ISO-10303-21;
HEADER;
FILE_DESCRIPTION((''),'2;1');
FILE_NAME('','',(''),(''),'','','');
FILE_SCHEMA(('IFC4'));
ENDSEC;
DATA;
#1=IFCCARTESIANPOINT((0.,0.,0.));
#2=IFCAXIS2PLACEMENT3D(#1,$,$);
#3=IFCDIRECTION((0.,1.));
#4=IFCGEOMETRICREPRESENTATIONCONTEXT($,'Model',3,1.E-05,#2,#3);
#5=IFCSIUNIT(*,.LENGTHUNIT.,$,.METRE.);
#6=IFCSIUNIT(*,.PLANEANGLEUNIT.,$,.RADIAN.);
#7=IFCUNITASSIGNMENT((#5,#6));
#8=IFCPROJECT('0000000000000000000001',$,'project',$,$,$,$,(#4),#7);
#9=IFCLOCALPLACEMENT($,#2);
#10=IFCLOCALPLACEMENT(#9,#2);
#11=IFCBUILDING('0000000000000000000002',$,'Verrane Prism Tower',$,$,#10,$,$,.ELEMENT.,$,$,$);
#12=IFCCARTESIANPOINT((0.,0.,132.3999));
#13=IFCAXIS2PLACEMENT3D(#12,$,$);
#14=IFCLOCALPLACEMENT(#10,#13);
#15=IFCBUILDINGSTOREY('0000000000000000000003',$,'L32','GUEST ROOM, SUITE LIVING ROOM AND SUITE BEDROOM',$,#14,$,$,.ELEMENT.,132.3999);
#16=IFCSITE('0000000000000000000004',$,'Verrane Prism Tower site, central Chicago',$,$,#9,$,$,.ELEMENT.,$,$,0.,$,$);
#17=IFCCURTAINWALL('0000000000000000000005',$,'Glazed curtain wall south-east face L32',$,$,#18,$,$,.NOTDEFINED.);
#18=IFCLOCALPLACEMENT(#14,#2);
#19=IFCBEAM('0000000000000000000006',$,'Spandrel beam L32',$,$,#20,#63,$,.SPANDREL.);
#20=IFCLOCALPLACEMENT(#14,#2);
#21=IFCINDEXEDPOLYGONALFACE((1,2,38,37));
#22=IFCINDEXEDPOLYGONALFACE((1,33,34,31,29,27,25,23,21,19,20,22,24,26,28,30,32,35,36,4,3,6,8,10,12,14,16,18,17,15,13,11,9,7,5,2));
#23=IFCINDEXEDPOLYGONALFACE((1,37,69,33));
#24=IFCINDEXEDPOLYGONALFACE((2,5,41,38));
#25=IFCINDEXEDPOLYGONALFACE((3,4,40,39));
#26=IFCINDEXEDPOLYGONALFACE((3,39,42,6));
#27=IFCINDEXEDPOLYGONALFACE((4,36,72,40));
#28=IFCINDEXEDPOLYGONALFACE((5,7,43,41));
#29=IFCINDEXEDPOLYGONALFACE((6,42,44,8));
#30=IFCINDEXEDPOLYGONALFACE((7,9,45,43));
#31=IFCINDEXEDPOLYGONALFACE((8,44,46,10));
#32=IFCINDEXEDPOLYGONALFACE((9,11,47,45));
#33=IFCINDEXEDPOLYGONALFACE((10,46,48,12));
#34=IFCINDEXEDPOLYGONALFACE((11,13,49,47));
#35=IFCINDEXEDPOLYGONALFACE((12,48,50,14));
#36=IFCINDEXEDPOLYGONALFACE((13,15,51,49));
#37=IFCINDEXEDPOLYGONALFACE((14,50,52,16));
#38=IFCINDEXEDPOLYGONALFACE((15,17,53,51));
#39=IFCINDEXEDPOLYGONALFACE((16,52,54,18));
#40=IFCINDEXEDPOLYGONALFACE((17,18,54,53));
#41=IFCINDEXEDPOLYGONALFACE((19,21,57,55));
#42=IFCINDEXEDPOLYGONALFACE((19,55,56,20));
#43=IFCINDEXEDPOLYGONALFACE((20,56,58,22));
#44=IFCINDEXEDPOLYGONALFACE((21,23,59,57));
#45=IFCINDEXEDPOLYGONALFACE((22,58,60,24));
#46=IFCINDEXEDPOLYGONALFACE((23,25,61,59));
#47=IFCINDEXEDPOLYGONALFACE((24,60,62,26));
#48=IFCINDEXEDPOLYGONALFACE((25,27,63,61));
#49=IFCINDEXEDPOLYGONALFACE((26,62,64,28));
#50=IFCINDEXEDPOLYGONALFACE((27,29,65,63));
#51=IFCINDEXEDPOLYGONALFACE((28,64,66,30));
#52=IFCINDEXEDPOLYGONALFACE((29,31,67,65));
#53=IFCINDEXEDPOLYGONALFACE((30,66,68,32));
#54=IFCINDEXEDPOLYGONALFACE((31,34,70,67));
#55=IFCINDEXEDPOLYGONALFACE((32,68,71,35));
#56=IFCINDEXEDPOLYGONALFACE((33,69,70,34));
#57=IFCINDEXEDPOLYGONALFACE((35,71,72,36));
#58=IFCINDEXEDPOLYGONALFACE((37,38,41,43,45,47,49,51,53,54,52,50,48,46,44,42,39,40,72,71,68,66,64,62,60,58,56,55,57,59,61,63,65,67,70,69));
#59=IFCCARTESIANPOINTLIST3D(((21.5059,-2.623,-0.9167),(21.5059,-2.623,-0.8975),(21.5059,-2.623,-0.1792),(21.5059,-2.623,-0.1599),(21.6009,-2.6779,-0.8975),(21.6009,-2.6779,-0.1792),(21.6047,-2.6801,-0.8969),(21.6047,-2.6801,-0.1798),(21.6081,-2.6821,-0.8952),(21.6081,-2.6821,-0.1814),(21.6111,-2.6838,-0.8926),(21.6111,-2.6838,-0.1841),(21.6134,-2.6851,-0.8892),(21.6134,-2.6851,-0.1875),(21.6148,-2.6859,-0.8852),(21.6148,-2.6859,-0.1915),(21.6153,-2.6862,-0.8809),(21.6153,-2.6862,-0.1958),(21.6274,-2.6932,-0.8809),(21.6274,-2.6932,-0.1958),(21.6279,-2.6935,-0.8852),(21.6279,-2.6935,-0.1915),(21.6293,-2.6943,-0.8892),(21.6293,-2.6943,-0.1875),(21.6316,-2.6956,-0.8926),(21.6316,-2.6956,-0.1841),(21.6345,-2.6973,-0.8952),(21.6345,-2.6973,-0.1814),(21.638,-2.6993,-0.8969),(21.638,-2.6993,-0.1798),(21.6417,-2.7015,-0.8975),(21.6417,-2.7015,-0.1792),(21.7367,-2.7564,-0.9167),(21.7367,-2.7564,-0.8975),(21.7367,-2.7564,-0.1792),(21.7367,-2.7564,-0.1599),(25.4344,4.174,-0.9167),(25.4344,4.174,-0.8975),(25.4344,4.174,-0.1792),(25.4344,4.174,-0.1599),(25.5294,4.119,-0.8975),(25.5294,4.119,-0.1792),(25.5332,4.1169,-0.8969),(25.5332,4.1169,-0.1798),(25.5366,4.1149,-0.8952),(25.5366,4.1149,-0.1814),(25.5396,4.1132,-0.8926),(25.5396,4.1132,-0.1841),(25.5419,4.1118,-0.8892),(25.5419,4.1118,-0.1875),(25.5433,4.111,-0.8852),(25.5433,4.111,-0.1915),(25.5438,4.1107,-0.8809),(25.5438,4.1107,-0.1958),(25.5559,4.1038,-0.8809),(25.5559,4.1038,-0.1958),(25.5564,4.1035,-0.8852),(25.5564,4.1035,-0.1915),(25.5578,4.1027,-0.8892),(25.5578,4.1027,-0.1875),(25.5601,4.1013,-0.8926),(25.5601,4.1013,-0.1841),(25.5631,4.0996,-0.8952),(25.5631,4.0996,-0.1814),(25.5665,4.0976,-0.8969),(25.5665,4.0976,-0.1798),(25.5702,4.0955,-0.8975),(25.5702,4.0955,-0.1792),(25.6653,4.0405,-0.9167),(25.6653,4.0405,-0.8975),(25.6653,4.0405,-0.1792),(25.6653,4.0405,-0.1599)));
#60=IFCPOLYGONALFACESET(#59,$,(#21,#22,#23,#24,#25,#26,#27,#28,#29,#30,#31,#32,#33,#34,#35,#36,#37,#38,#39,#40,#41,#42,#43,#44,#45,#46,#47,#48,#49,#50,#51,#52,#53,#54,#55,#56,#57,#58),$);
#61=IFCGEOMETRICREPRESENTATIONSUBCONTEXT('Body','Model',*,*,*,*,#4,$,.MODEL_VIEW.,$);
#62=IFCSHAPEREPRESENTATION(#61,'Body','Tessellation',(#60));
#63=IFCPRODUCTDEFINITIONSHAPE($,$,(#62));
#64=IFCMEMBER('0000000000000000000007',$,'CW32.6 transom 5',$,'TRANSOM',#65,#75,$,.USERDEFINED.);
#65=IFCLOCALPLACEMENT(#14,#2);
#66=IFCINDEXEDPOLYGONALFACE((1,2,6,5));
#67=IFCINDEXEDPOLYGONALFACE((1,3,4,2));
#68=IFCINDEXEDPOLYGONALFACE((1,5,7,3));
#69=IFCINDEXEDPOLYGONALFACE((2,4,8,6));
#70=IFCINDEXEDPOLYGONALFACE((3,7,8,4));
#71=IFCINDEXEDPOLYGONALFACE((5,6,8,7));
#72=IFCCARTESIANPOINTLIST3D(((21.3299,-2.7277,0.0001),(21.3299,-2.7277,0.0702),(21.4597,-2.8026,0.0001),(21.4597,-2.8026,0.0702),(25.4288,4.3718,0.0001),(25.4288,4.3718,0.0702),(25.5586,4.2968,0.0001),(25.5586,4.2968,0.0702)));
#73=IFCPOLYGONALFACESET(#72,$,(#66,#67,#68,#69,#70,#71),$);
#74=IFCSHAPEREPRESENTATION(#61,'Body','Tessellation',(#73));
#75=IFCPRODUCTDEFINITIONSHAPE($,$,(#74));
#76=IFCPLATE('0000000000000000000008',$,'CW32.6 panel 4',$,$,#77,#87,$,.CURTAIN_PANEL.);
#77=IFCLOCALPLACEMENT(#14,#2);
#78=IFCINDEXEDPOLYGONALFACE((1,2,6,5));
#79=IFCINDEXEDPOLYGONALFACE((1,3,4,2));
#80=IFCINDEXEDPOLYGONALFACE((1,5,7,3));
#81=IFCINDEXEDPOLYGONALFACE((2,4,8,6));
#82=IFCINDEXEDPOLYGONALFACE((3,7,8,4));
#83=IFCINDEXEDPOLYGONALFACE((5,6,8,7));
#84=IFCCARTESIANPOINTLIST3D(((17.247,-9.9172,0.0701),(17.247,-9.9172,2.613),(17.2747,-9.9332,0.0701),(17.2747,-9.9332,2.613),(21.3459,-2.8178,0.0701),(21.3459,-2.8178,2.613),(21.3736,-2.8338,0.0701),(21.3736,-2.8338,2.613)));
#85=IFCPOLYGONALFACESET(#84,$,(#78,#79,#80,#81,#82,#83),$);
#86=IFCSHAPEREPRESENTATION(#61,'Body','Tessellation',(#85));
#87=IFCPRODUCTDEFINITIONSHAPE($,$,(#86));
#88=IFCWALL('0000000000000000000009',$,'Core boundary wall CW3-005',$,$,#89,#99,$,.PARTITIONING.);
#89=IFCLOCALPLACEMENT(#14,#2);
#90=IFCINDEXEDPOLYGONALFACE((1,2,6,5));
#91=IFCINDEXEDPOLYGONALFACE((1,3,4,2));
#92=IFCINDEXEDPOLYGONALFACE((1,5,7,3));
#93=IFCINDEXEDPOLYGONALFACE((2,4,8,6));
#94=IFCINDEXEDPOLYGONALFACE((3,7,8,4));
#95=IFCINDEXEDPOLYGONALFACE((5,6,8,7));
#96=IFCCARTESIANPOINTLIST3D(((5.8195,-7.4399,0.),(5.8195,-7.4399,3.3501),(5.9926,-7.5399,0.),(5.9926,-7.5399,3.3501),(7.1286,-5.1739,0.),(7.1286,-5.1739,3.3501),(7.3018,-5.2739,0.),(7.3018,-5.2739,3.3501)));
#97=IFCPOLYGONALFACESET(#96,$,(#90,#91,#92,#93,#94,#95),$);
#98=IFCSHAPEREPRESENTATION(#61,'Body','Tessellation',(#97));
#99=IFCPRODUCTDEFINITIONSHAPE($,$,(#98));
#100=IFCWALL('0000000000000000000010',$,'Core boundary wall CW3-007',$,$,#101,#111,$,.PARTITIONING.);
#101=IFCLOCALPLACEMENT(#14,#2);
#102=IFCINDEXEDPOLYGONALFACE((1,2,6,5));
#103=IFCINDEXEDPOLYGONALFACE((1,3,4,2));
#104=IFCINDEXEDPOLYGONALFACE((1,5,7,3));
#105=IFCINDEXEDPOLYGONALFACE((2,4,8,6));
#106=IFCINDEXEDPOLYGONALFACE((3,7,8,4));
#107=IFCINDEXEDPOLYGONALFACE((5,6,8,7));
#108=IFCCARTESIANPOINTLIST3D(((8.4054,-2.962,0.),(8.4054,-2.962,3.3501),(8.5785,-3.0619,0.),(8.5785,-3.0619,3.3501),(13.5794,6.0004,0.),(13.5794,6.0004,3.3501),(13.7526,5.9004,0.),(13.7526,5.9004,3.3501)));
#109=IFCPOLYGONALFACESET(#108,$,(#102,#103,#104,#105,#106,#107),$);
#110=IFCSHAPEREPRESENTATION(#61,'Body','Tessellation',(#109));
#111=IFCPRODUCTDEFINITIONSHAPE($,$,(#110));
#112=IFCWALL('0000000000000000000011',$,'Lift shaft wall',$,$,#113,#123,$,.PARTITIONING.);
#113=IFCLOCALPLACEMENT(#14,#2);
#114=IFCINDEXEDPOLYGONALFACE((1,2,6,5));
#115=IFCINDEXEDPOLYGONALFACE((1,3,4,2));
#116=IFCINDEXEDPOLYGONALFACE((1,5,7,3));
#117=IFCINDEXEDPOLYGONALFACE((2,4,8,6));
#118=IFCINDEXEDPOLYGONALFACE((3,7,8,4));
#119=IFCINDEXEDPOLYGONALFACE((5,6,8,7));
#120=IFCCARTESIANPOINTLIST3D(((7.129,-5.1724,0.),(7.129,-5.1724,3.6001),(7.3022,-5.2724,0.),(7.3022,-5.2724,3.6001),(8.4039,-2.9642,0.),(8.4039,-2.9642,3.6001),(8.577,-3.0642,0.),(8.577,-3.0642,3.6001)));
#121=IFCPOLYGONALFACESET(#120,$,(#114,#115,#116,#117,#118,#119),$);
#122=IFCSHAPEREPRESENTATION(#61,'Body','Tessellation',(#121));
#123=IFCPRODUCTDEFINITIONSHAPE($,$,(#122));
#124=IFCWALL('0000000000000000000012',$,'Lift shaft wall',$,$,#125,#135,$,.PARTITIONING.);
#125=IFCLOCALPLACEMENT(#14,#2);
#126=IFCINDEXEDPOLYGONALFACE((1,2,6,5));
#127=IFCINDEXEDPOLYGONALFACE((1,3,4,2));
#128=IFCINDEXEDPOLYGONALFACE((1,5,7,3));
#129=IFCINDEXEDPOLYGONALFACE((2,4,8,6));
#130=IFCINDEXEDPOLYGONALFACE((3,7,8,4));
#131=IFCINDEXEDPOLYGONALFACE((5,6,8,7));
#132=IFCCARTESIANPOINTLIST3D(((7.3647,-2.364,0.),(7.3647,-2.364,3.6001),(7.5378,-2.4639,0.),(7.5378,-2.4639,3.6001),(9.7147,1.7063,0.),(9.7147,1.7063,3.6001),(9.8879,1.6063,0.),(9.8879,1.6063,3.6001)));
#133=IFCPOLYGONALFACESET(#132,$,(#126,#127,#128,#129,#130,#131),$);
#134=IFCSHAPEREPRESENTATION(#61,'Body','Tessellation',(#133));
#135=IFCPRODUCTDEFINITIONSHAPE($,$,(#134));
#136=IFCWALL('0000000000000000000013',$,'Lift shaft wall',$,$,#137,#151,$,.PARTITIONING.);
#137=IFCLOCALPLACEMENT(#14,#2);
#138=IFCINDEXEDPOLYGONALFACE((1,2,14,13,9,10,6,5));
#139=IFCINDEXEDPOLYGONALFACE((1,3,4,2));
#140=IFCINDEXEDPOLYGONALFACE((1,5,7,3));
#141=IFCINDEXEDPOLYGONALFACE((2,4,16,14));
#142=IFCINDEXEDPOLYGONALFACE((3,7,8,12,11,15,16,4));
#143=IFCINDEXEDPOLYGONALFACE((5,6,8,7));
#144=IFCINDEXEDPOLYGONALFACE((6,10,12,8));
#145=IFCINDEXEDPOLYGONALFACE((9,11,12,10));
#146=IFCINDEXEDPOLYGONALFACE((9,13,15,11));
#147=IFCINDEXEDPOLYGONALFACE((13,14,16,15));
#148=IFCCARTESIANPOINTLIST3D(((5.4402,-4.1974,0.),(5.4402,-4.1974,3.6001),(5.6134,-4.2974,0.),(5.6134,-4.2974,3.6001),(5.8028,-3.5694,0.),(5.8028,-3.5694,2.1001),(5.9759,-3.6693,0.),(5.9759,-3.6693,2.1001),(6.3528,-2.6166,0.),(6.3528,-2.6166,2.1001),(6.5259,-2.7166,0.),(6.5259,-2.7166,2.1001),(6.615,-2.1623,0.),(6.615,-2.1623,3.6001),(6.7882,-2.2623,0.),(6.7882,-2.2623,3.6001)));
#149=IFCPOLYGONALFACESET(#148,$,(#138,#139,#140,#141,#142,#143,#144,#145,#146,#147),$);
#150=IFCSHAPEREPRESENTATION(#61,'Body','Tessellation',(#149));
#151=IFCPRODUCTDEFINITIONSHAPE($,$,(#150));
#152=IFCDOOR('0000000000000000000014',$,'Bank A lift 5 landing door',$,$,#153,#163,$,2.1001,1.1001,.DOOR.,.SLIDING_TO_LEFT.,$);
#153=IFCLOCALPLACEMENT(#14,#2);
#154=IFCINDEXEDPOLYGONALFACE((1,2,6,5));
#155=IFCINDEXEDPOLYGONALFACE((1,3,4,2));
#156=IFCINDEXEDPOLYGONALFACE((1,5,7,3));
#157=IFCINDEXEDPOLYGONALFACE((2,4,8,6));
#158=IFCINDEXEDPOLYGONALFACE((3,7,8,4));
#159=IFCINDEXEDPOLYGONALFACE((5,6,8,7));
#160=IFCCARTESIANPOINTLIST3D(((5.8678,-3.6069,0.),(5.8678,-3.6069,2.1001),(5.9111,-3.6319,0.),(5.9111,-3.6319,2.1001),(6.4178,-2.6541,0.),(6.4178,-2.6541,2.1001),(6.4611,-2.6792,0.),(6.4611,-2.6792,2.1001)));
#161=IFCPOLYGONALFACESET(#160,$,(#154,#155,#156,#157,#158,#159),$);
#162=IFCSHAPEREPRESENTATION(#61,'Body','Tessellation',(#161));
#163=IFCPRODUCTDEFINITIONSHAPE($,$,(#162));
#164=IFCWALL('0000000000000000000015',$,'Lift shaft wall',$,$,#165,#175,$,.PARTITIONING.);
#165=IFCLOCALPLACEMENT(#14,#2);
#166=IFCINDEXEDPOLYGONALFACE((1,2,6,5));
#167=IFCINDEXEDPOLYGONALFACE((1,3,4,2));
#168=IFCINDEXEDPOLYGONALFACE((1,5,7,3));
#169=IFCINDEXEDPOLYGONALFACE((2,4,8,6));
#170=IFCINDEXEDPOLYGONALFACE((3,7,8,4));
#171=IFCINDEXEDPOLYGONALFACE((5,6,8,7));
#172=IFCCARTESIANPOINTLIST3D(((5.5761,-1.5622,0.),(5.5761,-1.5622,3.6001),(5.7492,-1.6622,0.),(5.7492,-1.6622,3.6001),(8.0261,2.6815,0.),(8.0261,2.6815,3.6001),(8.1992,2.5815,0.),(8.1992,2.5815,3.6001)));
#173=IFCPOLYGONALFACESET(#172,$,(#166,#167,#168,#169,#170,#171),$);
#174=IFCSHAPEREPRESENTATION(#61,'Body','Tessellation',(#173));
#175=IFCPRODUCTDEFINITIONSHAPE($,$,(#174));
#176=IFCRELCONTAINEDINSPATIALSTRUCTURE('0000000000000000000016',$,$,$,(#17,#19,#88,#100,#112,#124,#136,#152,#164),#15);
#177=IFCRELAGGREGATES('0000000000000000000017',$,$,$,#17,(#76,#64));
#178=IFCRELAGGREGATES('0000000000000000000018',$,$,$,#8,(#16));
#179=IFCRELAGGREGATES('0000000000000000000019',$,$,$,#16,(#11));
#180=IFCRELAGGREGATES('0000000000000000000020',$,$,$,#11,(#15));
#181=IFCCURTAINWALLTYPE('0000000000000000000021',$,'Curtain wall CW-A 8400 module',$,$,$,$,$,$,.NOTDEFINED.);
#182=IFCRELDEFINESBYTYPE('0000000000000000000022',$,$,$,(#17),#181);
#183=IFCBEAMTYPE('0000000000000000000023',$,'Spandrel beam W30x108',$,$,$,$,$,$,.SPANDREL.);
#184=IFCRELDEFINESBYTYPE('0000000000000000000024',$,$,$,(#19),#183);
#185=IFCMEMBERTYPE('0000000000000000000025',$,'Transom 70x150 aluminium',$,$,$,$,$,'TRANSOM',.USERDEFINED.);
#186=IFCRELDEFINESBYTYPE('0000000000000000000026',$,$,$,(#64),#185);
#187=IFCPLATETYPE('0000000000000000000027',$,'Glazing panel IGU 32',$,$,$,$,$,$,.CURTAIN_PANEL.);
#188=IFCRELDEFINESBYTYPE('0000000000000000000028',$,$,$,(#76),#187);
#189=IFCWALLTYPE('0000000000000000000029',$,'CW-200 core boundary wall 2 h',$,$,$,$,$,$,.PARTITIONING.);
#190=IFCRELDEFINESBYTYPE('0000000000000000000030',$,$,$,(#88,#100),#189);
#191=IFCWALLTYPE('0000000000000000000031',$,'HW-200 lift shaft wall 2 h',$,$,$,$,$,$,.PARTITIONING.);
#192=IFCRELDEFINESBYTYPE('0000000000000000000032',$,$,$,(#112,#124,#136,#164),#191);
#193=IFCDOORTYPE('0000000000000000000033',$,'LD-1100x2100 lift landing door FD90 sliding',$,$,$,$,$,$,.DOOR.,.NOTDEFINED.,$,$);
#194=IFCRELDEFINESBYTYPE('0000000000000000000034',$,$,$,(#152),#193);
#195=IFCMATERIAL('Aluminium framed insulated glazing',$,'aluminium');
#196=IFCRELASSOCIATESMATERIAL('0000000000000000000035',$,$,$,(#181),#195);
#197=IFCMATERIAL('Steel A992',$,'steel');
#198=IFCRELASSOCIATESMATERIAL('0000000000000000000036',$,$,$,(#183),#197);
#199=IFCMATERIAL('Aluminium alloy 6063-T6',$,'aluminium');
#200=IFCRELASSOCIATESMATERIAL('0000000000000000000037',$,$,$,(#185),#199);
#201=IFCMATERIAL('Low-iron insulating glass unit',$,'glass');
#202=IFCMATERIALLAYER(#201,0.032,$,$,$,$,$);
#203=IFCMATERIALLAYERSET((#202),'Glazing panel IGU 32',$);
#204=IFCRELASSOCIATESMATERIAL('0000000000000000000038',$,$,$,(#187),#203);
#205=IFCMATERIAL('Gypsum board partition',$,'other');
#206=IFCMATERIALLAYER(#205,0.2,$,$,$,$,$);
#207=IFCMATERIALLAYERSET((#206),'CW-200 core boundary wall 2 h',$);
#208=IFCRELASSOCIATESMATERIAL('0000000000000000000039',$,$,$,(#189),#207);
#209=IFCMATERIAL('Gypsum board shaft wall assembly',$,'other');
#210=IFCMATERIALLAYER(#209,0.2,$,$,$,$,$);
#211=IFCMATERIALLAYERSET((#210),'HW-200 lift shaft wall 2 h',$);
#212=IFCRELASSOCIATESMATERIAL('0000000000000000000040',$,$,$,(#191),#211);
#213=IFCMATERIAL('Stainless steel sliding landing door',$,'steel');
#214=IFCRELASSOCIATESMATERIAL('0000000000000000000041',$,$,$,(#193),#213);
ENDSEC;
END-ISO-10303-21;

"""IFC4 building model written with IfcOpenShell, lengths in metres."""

from ifc_helpers import new_model, si_unit, direction, frame, frame_2d, origin, origin_2d, place, context, subcontext, project, spatial, rectangle, i_section, extrude, material, layer, layer_set, material_profile, profile_set, type_object, element, fill, aggregate, save


model = new_model("IFC4")

# Units and contexts
model_context = context("Model", 3, precision=1e-05, world=origin(), true_north=direction((0.0, 1.0)))
body_context = subcontext(model_context, "Body", "Model", "MODEL_VIEW")
ifc_project = project(units=[si_unit("LENGTHUNIT", "METRE"), si_unit("PLANEANGLEUNIT", "RADIAN")], contexts=[model_context])

# Site, building, storey
site_placement = place(None, origin())
site = spatial("IfcSite", under=ifc_project, at=site_placement, Name="Verrane Prism Tower site, central Chicago", CompositionType="ELEMENT", RefElevation=0.0)
building_placement = place(site_placement, origin())
building = spatial("IfcBuilding", under=site, at=building_placement, Name="Verrane Prism Tower", CompositionType="ELEMENT")
storey_placement = place(building_placement, frame((0.0, 0.0, 132.3999)))
storey = spatial("IfcBuildingStorey", under=building, at=storey_placement, Name="L32", Description="GUEST ROOM, SUITE LIVING ROOM AND SUITE BEDROOM", CompositionType="ELEMENT", Elevation=132.3999)

# Curtain wall
ifc_material_1 = material(Name="Aluminium framed insulated glazing", Category="aluminium")
curtain_wall_type = type_object("IfcCurtainWallType", Name="Curtain wall CW-A 8400 module", PredefinedType="NOTDEFINED", material=ifc_material_1)
curtain_wall_placement = place(storey_placement, origin())
curtain_wall = element("IfcCurtainWall", 1, at=curtain_wall_placement, inside=storey, type_object=curtain_wall_type, Name="Glazed curtain wall south-east face L32", PredefinedType="NOTDEFINED")

# Beam
ifc_material_2 = material(Name="Steel A992", Category="steel")
ifc_material_profile_1 = material_profile(ifc_material_2, i_section(OverallWidth=0.2666, OverallDepth=0.7568, WebThickness=0.0139, FlangeThickness=0.0193, FilletRadius=0.0166, at=origin_2d()), Name="W30x108")
ifc_profile_set_1 = profile_set([ifc_material_profile_1], Name="Steel A992")
beam_type_1 = type_object("IfcBeamType", Name="Spandrel beam W30x108", PredefinedType="SPANDREL", material=ifc_profile_set_1)
beam_1_placement = place(storey_placement, frame((21.6213, -2.6897, -0.5383), z_axis=(0.50041, 0.865789, 0.0), x_axis=(-0.865789, 0.50041, 0.0)))
element("IfcBeam", 2, at=beam_1_placement, inside=storey, type_object=beam_type_1, Name="Spandrel beam L32", PredefinedType="SPANDREL", context=body_context, shape_type="SweptSolid", body=[
    extrude(i_section(OverallWidth=0.2666, OverallDepth=0.7568, WebThickness=0.0139, FlangeThickness=0.0193, FilletRadius=0.0166, at=origin_2d()), origin(), (0.0, 0.0, 1.0), 7.8506),
])

# Member
ifc_material_3 = material(Name="Aluminium alloy 6063-T6", Category="aluminium")
ifc_material_profile_2 = material_profile(ifc_material_3, rectangle(XDim=0.1499, YDim=0.0701, at=origin_2d()), Name="Transom 70x150 aluminium")
ifc_profile_set_2 = profile_set([ifc_material_profile_2], Name="Aluminium alloy 6063-T6")
member_type_1 = type_object("IfcMemberType", Name="Transom 70x150 aluminium", ElementType="TRANSOM", PredefinedType="USERDEFINED", material=ifc_profile_set_2)
member_1_placement = place(storey_placement, frame((21.3948, -2.7651, 0.0352), z_axis=(0.500005, 0.866022, 0.0), x_axis=(-0.866022, 0.500005, 0.0)))
member_1 = element("IfcMember", 3, at=member_1_placement, type_object=member_type_1, Name="CW32.6 transom 5", ObjectType="TRANSOM", PredefinedType="USERDEFINED", context=body_context, shape_type="SweptSolid", body=[
    extrude(rectangle(XDim=0.1499, YDim=0.0701, at=origin_2d()), origin(), (0.0, 0.0, 1.0), 8.1978),
])

# Plate
ifc_material_4 = material(Name="Low-iron insulating glass unit", Category="glass")
ifc_layer_1 = layer(ifc_material_4, 0.032)
ifc_layer_set_1 = layer_set([ifc_layer_1], Name="Glazing panel IGU 32")
plate_type = type_object("IfcPlateType", Name="Glazing panel IGU 32", PredefinedType="CURTAIN_PANEL", material=ifc_layer_set_1)
plate_placement = place(storey_placement, frame((19.3103, -6.3755, 0.0701), z_axis=(0.0, 0.0, 1.0), x_axis=(0.5, 0.866025, 0.0)))
plate = element("IfcPlate", 4, at=plate_placement, type_object=plate_type, Name="CW32.6 panel 4", PredefinedType="CURTAIN_PANEL", context=body_context, shape_type="SweptSolid", body=[
    extrude(rectangle(XDim=8.1978, YDim=0.032, at=origin_2d()), origin(), (0.0, 0.0, 1.0), 2.543),
])
aggregate(curtain_wall, [plate, member_1])

# Walls
ifc_material_5 = material(Name="Gypsum board partition", Category="other")
ifc_layer_2 = layer(ifc_material_5, 0.2)
ifc_layer_set_2 = layer_set([ifc_layer_2], Name="CW-200 core boundary wall 2 h")
wall_type_1 = type_object("IfcWallType", Name="CW-200 core boundary wall 2 h", PredefinedType="PARTITIONING", material=ifc_layer_set_2)
wall_1_placement = place(storey_placement, frame((5.906, -7.49, 0.0), z_axis=(0.0, 0.0, 1.0), x_axis=(0.500253, 0.865879, 0.0)))
element("IfcWall", 5, at=wall_1_placement, inside=storey, type_object=wall_type_1, Name="Core boundary wall CW3-005", PredefinedType="PARTITIONING", context=body_context, shape_type="SweptSolid", body=[
    extrude(rectangle(XDim=2.6169, YDim=0.2, at=frame_2d((1.3086, 0.0))), origin(), (0.0, 0.0, 1.0), 3.3501),
])
wall_2_placement = place(storey_placement, frame((8.4919, -3.012, 0.0), z_axis=(0.0, 0.0, 1.0), x_axis=(0.499973, 0.866041, 0.0)))
element("IfcWall", 6, at=wall_2_placement, inside=storey, type_object=wall_type_1, Name="Core boundary wall CW3-007", PredefinedType="PARTITIONING", context=body_context, shape_type="SweptSolid", body=[
    extrude(rectangle(XDim=10.3486, YDim=0.2, at=frame_2d((5.1743, 0.0))), origin(), (0.0, 0.0, 1.0), 3.3501),
])
ifc_material_6 = material(Name="Gypsum board shaft wall assembly", Category="other")
ifc_layer_3 = layer(ifc_material_6, 0.2)
ifc_layer_set_3 = layer_set([ifc_layer_3], Name="HW-200 lift shaft wall 2 h")
wall_type_2 = type_object("IfcWallType", Name="HW-200 lift shaft wall 2 h", PredefinedType="PARTITIONING", material=ifc_layer_set_3)
wall_3_placement = place(storey_placement, frame((7.2156, -5.2224, 0.0), z_axis=(0.0, 0.0, 1.0), x_axis=(0.49999, 0.866031, 0.0)))
element("IfcWall", 7, at=wall_3_placement, inside=storey, type_object=wall_type_2, Name="Lift shaft wall", PredefinedType="PARTITIONING", context=body_context, shape_type="SweptSolid", body=[
    extrude(rectangle(XDim=2.5498, YDim=0.2, at=frame_2d((1.2749, 0.0))), origin(), (0.0, 0.0, 1.0), 3.6001),
])
wall_4_placement = place(storey_placement, frame((7.4512, -2.4141, 0.0), z_axis=(0.0, 0.0, 1.0), x_axis=(0.500016, 0.866016, 0.0)))
element("IfcWall", 8, at=wall_4_placement, inside=storey, type_object=wall_type_2, Name="Lift shaft wall", PredefinedType="PARTITIONING", context=body_context, shape_type="SweptSolid", body=[
    extrude(rectangle(XDim=4.7, YDim=0.2, at=frame_2d((2.3501, 0.0))), origin(), (0.0, 0.0, 1.0), 3.6001),
])

# Wall, opening, door
wall_5_placement = place(storey_placement, frame((5.5269, -4.2473, 0.0), z_axis=(0.0, 0.0, 1.0), x_axis=(0.499938, 0.866061, 0.0)))
wall_5 = element("IfcWall", 9, at=wall_5_placement, inside=storey, type_object=wall_type_2, Name="Lift shaft wall", PredefinedType="PARTITIONING", context=body_context, shape_type="SweptSolid", body=[
    extrude(rectangle(XDim=2.3499, YDim=0.2, at=frame_2d((1.1748, 0.0))), origin(), (0.0, 0.0, 1.0), 3.6001),
])
opening_1_placement = place(wall_5_placement, frame((0.7251, 0.0, 0.0)))
opening_1 = element("IfcOpeningElement", 10, at=opening_1_placement, cuts=wall_5, PredefinedType="OPENING", context=body_context, shape_type="SweptSolid", body=[
    extrude(rectangle(XDim=1.1001, YDim=2.1001, at=frame_2d((0.55, 1.05))), frame((0.0, 0.1099, 0.0), z_axis=(0.0, -1.0, 0.0), x_axis=(1.0, 0.0, 0.0)), (0.0, 0.0, 1.0), 0.22),
])
ifc_material_7 = material(Name="Stainless steel sliding landing door", Category="steel")
door_type_1 = type_object("IfcDoorType", Name="LD-1100x2100 lift landing door FD90 sliding", OperationType="NOTDEFINED", PredefinedType="DOOR", material=ifc_material_7)
door_1_placement = place(opening_1_placement, origin())
door_1 = element("IfcDoor", 11, at=door_1_placement, inside=storey, type_object=door_type_1, Name="Bank A lift 5 landing door", OperationType="SLIDING_TO_LEFT", OverallHeight=2.1001, OverallWidth=1.1001, PredefinedType="DOOR", context=body_context, shape_type="SweptSolid", body=[
    extrude(rectangle(XDim=1.1001, YDim=2.1001, at=frame_2d((0.55, 1.05))), frame((0.0, 0.0249, 0.0), z_axis=(0.0, -1.0, 0.0), x_axis=(1.0, 0.0, 0.0)), (0.0, 0.0, 1.0), 0.05),
])
fill(opening_1, door_1)

# Wall
wall_6_placement = place(storey_placement, frame((5.6626, -1.6123, 0.0), z_axis=(0.0, 0.0, 1.0), x_axis=(0.499981, 0.866036, 0.0)))
element("IfcWall", 12, at=wall_6_placement, inside=storey, type_object=wall_type_2, Name="Lift shaft wall", PredefinedType="PARTITIONING", context=body_context, shape_type="SweptSolid", body=[
    extrude(rectangle(XDim=4.9001, YDim=0.2, at=frame_2d((2.4502, 0.0))), origin(), (0.0, 0.0, 1.0), 3.6001),
])

save(model, "model.ifc")
